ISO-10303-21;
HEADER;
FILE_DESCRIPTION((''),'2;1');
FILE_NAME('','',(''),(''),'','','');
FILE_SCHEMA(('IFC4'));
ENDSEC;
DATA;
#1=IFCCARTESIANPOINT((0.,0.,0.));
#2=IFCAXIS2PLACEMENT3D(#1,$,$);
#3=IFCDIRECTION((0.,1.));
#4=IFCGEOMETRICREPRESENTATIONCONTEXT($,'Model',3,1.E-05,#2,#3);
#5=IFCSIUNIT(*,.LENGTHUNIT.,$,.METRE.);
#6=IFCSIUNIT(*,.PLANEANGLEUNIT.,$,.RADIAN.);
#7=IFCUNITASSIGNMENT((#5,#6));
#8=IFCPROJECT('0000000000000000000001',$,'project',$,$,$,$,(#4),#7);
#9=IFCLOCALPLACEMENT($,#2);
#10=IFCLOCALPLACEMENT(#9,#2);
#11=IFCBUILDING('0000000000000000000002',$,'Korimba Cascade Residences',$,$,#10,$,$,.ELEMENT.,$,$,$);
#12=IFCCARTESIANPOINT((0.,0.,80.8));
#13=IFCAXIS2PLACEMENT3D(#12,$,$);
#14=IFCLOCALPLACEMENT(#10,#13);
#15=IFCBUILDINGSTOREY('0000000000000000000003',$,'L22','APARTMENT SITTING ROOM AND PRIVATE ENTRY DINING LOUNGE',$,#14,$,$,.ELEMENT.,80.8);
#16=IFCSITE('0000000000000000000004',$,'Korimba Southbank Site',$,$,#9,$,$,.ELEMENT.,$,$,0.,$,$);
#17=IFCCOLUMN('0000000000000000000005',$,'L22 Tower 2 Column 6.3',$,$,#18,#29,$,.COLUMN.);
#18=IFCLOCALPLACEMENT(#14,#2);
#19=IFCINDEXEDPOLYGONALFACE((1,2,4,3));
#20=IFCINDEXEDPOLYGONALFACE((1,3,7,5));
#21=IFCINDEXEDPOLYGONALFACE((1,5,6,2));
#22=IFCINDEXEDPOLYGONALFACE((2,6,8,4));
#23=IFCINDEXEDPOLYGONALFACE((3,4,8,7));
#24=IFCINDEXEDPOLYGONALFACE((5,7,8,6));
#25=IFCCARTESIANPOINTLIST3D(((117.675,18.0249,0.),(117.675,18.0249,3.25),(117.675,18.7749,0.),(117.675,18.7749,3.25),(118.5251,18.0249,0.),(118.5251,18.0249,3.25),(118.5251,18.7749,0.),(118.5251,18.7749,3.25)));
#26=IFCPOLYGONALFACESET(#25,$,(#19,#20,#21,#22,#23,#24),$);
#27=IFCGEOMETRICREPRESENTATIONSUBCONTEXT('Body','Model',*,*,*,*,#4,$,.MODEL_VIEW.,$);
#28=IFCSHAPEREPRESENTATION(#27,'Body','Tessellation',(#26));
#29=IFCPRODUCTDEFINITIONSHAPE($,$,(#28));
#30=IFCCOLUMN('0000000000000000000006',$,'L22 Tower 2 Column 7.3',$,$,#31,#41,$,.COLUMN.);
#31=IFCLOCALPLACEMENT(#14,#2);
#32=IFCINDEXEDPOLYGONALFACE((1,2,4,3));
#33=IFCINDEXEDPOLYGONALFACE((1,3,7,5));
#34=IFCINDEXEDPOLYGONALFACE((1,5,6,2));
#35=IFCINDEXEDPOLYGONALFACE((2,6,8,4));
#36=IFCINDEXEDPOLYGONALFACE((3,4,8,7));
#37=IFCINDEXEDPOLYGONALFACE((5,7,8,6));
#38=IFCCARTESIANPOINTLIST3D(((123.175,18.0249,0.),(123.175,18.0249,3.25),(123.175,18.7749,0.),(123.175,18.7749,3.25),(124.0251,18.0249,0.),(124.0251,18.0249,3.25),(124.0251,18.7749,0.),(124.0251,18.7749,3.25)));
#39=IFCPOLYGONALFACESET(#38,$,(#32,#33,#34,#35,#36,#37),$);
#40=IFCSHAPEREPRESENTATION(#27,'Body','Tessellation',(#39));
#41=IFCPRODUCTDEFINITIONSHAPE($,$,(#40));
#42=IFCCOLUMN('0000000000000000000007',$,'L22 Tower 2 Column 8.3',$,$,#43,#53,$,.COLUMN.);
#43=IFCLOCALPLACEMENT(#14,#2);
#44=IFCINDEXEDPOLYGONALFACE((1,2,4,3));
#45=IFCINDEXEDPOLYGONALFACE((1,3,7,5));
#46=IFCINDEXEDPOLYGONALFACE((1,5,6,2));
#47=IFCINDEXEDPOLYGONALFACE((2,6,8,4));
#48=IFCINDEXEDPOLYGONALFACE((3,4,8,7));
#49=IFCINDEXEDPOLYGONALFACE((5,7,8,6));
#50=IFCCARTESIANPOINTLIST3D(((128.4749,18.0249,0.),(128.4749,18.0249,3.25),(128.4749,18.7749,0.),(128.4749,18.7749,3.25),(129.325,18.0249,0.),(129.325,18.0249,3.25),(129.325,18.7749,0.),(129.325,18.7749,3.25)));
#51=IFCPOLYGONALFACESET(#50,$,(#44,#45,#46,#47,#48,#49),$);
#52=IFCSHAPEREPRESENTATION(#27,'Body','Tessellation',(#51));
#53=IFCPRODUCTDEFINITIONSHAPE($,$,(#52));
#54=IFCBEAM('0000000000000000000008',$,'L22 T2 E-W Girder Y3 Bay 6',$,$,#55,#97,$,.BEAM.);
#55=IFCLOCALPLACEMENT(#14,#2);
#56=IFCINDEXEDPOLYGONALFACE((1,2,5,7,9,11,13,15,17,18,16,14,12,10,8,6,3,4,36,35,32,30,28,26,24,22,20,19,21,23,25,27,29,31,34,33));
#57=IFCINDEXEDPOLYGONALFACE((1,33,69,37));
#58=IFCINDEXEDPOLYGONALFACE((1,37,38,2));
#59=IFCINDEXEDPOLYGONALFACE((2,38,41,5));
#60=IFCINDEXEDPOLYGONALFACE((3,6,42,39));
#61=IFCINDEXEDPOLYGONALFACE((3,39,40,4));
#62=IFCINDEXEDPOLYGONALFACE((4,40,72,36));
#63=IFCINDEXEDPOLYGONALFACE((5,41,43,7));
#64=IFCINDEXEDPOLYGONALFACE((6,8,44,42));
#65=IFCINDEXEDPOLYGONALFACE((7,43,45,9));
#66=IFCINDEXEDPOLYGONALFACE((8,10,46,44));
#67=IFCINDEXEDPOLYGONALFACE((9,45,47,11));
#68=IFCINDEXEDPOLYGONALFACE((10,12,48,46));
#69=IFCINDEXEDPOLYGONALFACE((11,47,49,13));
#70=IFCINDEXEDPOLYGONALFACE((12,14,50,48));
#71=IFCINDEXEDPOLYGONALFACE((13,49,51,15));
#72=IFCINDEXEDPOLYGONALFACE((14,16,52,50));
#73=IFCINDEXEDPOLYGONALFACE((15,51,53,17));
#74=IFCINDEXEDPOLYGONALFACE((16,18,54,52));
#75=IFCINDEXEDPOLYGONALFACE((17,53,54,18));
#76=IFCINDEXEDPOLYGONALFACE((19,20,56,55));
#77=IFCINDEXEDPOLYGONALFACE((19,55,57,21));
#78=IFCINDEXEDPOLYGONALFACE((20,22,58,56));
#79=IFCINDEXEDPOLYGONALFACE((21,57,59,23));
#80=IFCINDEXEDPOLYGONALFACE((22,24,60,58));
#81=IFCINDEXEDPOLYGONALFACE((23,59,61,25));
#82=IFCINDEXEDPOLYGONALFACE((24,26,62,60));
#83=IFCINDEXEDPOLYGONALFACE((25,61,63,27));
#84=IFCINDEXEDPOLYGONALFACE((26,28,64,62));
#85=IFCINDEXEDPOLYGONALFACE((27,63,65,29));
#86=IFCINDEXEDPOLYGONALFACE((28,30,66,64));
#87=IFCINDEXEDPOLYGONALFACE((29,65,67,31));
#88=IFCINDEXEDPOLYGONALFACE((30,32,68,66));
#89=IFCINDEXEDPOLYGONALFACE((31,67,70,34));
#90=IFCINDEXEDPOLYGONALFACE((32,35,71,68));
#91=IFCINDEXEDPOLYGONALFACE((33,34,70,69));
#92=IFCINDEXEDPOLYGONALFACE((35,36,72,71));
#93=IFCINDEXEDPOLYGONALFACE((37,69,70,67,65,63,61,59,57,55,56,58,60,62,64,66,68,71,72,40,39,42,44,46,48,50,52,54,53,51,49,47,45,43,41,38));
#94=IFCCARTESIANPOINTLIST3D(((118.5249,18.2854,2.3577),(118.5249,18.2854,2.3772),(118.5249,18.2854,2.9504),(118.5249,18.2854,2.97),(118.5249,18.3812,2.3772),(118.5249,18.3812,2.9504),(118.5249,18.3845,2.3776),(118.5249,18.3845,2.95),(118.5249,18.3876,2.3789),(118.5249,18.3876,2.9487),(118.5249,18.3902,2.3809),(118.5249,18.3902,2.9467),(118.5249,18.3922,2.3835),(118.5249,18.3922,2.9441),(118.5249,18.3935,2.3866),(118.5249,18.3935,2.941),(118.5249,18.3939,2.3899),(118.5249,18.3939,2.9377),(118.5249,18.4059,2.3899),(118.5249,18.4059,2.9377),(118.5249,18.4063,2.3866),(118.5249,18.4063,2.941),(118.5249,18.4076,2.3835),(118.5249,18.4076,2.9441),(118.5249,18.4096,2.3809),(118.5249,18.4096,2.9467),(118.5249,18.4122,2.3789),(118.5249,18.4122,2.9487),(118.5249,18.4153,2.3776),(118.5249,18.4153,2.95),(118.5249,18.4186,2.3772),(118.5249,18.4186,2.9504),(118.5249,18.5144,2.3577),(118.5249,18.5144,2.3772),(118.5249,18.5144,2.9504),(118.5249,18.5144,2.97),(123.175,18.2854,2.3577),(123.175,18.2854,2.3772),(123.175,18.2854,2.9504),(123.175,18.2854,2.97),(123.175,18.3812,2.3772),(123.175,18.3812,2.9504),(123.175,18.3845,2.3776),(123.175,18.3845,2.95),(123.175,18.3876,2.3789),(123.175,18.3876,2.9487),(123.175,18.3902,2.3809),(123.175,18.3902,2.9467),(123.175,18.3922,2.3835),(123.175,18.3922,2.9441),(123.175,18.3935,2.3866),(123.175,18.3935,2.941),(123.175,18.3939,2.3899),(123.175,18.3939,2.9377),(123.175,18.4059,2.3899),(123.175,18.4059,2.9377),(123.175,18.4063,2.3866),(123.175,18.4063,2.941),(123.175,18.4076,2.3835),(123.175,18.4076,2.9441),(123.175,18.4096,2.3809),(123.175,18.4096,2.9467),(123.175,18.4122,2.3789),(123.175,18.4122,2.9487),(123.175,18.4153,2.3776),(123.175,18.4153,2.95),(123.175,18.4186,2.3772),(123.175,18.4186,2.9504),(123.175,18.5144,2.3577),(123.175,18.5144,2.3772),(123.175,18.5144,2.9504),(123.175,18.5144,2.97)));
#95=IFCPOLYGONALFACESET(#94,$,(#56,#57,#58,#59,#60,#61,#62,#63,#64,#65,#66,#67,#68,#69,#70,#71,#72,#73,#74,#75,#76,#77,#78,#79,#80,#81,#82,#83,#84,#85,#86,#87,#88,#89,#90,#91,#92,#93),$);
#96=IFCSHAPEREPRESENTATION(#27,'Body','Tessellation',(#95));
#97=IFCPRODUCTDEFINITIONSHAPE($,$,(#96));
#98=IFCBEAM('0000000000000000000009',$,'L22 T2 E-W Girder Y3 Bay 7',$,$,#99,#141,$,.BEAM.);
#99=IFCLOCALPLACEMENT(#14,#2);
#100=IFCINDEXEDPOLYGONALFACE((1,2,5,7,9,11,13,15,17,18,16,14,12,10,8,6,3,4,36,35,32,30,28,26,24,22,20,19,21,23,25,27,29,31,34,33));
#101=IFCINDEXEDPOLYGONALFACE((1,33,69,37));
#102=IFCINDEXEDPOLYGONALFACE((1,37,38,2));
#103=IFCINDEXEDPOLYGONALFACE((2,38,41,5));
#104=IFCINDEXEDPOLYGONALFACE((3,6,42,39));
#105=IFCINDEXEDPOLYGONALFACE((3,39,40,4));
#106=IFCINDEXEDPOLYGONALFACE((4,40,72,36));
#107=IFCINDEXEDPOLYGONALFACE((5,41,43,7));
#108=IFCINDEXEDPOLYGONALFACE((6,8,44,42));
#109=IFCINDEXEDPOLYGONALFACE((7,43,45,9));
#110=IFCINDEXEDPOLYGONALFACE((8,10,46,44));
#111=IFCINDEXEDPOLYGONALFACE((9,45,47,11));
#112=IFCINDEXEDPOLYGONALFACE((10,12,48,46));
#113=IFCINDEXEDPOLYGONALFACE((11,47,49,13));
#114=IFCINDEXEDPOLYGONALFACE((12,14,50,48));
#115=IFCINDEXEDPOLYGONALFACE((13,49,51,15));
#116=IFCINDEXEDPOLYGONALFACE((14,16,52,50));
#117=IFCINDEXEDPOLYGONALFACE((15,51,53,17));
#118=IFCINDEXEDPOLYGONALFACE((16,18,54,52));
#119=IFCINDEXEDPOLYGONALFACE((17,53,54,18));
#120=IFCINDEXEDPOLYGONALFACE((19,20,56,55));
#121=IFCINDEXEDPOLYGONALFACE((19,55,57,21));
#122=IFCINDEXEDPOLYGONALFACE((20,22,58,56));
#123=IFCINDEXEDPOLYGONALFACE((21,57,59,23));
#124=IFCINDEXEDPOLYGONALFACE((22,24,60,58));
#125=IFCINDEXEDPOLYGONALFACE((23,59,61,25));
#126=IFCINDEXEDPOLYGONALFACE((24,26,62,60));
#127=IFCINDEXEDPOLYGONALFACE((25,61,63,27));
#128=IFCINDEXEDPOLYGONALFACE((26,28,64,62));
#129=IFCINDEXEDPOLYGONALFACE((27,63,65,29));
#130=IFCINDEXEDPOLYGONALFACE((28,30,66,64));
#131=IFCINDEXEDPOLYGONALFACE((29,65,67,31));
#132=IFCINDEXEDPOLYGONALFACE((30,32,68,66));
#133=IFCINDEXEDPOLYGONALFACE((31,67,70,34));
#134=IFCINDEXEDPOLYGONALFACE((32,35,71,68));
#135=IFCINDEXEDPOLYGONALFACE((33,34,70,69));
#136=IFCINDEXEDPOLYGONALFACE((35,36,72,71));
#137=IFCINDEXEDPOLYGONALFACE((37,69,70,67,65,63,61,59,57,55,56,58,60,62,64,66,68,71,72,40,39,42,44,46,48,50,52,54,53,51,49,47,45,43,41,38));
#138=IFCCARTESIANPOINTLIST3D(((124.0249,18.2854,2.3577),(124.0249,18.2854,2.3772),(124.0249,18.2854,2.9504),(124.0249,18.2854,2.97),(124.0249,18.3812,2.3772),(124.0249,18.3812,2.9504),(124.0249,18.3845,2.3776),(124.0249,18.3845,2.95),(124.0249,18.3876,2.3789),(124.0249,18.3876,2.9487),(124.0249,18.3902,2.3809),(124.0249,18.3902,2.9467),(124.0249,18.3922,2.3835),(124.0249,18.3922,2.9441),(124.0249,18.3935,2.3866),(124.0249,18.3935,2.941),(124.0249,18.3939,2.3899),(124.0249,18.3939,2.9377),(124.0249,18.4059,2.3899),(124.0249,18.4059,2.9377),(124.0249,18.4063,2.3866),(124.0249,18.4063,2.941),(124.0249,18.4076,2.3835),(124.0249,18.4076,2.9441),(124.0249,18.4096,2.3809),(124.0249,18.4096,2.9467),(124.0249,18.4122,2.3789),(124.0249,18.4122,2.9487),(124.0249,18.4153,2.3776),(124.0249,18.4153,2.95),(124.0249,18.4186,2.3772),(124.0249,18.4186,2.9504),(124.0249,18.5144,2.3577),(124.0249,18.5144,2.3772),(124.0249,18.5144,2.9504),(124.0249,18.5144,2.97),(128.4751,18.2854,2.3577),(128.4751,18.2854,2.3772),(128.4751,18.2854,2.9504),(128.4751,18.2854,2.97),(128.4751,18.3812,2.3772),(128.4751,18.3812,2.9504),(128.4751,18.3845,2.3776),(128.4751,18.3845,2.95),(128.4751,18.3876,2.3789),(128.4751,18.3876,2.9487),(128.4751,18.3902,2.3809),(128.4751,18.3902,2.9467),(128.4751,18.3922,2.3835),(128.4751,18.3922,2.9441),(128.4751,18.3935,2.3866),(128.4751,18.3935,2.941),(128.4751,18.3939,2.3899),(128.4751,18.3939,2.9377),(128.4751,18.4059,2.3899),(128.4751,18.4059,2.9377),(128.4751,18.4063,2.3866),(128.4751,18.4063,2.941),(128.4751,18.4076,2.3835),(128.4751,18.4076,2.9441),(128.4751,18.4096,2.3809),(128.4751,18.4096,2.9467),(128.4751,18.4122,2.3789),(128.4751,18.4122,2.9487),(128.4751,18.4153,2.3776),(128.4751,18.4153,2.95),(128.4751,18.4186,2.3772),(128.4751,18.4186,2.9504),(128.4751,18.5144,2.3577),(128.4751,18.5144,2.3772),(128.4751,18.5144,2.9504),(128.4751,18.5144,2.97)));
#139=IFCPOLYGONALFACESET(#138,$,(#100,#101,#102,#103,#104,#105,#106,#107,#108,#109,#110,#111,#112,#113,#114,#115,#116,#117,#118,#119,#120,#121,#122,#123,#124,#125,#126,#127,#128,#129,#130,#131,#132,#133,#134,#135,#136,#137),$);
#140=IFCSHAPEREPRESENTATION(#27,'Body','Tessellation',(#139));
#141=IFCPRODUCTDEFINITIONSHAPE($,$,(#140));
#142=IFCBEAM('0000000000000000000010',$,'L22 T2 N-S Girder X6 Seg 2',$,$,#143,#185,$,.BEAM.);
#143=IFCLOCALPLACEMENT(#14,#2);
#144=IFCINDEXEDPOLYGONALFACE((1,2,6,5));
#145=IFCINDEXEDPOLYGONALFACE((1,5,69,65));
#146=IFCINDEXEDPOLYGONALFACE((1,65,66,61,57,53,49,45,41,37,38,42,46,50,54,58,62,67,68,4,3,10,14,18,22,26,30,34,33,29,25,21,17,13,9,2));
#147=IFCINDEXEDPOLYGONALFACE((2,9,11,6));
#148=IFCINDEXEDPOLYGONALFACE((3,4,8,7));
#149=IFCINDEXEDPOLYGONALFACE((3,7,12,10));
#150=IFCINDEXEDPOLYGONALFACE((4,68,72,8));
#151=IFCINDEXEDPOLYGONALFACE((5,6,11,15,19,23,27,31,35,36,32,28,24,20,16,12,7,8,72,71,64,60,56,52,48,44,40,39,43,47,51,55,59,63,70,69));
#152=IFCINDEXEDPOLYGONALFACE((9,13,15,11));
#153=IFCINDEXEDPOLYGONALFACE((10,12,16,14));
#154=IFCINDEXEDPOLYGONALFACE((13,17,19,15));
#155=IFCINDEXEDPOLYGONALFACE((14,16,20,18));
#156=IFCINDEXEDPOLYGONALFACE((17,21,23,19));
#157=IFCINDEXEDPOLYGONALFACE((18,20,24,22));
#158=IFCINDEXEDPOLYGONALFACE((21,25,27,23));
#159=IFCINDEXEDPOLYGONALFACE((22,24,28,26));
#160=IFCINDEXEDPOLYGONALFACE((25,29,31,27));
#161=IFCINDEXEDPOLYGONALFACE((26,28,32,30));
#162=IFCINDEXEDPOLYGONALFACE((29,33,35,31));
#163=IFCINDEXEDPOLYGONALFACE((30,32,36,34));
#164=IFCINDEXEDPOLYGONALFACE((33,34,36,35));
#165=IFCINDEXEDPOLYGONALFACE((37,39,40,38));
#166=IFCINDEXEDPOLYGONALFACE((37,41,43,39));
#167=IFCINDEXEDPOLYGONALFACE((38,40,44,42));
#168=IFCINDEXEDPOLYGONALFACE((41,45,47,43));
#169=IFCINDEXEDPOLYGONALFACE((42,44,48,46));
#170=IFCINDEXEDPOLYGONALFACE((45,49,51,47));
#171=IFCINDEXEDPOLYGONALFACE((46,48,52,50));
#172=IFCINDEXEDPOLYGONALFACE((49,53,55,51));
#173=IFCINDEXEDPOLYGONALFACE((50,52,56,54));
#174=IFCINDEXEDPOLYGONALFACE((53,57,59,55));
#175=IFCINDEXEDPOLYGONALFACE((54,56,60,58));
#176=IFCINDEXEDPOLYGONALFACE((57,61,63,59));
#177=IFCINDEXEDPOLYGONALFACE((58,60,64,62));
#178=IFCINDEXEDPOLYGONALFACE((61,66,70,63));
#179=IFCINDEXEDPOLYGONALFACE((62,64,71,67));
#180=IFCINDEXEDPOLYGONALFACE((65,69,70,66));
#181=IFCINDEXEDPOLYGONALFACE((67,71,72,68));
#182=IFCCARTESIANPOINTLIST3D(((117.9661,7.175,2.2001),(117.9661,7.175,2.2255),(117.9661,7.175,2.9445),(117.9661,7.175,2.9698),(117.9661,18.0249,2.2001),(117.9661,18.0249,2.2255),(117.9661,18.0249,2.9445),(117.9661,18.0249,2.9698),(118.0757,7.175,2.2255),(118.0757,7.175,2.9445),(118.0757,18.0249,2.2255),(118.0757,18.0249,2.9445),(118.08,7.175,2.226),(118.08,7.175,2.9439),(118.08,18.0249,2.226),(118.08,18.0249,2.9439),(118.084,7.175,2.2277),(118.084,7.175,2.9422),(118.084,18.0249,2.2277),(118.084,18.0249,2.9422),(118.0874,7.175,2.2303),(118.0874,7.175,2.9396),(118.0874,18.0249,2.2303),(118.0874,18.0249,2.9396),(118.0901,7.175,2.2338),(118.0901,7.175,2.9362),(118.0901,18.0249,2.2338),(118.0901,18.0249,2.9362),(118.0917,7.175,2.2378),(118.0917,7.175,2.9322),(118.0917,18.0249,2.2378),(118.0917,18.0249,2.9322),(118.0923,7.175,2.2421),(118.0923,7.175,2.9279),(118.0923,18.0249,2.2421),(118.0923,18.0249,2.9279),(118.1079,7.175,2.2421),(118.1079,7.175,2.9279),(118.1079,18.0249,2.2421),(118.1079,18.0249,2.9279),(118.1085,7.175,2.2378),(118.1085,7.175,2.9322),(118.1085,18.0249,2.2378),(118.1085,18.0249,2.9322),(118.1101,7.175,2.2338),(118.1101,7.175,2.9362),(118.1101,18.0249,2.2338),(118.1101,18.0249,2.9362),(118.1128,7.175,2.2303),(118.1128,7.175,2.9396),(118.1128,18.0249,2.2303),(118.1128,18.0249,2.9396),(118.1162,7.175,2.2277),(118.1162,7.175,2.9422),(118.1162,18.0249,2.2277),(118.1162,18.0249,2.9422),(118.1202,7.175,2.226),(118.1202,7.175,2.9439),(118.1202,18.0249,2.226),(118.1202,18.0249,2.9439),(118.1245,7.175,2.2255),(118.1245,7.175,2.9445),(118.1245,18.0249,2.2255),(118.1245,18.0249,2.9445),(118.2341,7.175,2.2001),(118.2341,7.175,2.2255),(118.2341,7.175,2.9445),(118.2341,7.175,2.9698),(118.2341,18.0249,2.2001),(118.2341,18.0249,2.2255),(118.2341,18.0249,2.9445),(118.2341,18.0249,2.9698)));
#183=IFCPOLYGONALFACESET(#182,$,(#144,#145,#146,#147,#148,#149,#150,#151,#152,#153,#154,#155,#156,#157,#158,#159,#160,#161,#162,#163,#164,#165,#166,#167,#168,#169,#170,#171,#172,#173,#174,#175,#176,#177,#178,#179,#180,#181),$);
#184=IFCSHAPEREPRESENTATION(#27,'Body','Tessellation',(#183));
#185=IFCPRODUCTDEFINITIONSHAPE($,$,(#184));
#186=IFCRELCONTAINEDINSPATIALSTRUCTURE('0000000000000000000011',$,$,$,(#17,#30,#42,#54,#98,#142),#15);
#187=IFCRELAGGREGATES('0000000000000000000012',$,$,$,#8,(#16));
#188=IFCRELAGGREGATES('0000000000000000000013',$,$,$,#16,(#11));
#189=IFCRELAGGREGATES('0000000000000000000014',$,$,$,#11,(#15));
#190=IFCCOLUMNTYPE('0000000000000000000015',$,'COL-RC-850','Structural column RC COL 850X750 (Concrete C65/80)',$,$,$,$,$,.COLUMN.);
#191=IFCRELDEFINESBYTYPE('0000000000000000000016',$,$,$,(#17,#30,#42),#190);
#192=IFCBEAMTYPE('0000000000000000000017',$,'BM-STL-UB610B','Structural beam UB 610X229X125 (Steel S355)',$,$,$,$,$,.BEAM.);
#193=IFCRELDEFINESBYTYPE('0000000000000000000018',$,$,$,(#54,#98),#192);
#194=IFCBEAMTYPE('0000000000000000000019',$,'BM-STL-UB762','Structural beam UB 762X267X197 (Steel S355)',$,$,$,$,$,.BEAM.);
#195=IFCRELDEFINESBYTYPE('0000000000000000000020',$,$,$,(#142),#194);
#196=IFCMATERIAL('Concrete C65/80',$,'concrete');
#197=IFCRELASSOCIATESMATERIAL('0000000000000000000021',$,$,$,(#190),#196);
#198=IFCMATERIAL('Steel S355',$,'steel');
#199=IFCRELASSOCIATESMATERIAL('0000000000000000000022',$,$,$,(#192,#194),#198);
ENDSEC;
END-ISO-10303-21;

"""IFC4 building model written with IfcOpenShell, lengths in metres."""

from ifc_helpers import new_model, si_unit, direction, frame, origin, origin_2d, place, context, subcontext, project, spatial, rectangle, i_section, extrude, material, material_profile, profile_set, type_object, element, save


model = new_model("IFC4")

# Units and contexts
model_context = context("Model", 3, precision=1e-05, world=origin(), true_north=direction((0.0, 1.0)))
body_context = subcontext(model_context, "Body", "Model", "MODEL_VIEW")
ifc_project = project(units=[si_unit("LENGTHUNIT", "METRE"), si_unit("PLANEANGLEUNIT", "RADIAN")], contexts=[model_context])

# Site, building, storey
site_placement = place(None, origin())
site = spatial("IfcSite", under=ifc_project, at=site_placement, Name="Korimba Southbank Site", CompositionType="ELEMENT", RefElevation=0.0)
building_placement = place(site_placement, origin())
building = spatial("IfcBuilding", under=site, at=building_placement, Name="Korimba Cascade Residences", CompositionType="ELEMENT")
storey_placement = place(building_placement, frame((0.0, 0.0, 80.8)))
storey = spatial("IfcBuildingStorey", under=building, at=storey_placement, Name="L22", Description="APARTMENT SITTING ROOM AND PRIVATE ENTRY DINING LOUNGE", CompositionType="ELEMENT", Elevation=80.8)

# Columns
ifc_material_1 = material(Name="Concrete C65/80", Category="concrete")
ifc_material_profile_1 = material_profile(ifc_material_1, rectangle(XDim=0.8501, YDim=0.75, at=origin_2d()), Name="Concrete C65/80")
ifc_profile_set_1 = profile_set([ifc_material_profile_1], Name="Concrete C65/80")
column_type = type_object("IfcColumnType", Name="COL-RC-850", Description="Structural column RC COL 850X750 (Concrete C65/80)", PredefinedType="COLUMN", material=ifc_profile_set_1)
for number, where, z_axis, x_axis, name in (
    (1, (118.1001, 18.3999, 0.0), (0.0, 0.0, 1.0), (1.0, 0.0, 0.0), "L22 Tower 2 Column 6.3"),
    (2, (123.6001, 18.3999, 0.0), (0.0, 0.0, 1.0), (1.0, 0.0, 0.0), "L22 Tower 2 Column 7.3"),
    (3, (128.8999, 18.3999, 0.0), (0.0, 0.0, 1.0), (1.0, 0.0, 0.0), "L22 Tower 2 Column 8.3"),
):
    element("IfcColumn", number, at=place(storey_placement, frame(where, z_axis=z_axis, x_axis=x_axis)), inside=storey, type_object=column_type, Name=name, PredefinedType="COLUMN", context=body_context, shape_type="SweptSolid", body=[
        extrude(rectangle(XDim=0.8501, YDim=0.75, at=origin_2d()), origin(), (0.0, 0.0, 1.0), 3.25),
    ])

# Beams
ifc_material_2 = material(Name="Steel S355", Category="steel")
ifc_material_profile_2 = material_profile(ifc_material_2, i_section(OverallWidth=0.229, OverallDepth=0.6123, WebThickness=0.012, FlangeThickness=0.0195, FilletRadius=0.0127, at=origin_2d()), Name="Steel S355")
ifc_profile_set_2 = profile_set([ifc_material_profile_2], Name="Steel S355")
beam_type_1 = type_object("IfcBeamType", Name="BM-STL-UB610B", Description="Structural beam UB 610X229X125 (Steel S355)", PredefinedType="BEAM", material=ifc_profile_set_2)
beam_1_placement = place(storey_placement, frame((118.5249, 18.3999, 2.6638), z_axis=(1.0, 0.0, 0.0), x_axis=(0.0, 1.0, 0.0)))
element("IfcBeam", 4, at=beam_1_placement, inside=storey, type_object=beam_type_1, Name="L22 T2 E-W Girder Y3 Bay 6", PredefinedType="BEAM", context=body_context, shape_type="SweptSolid", body=[
    extrude(i_section(OverallWidth=0.229, OverallDepth=0.6123, WebThickness=0.012, FlangeThickness=0.0195, FilletRadius=0.0127, at=origin_2d()), origin(), (0.0, 0.0, 1.0), 4.6501),
])
beam_2_placement = place(storey_placement, frame((124.0249, 18.3999, 2.6638), z_axis=(1.0, 0.0, 0.0), x_axis=(0.0, 1.0, 0.0)))
element("IfcBeam", 5, at=beam_2_placement, inside=storey, type_object=beam_type_1, Name="L22 T2 E-W Girder Y3 Bay 7", PredefinedType="BEAM", context=body_context, shape_type="SweptSolid", body=[
    extrude(i_section(OverallWidth=0.229, OverallDepth=0.6123, WebThickness=0.012, FlangeThickness=0.0195, FilletRadius=0.0127, at=origin_2d()), origin(), (0.0, 0.0, 1.0), 4.4502),
])
ifc_material_profile_3 = material_profile(ifc_material_2, i_section(OverallWidth=0.2681, OverallDepth=0.7698, WebThickness=0.0156, FlangeThickness=0.0254, FilletRadius=0.0166, at=origin_2d()), Name="Steel S355")
ifc_profile_set_3 = profile_set([ifc_material_profile_3], Name="Steel S355")
beam_type_2 = type_object("IfcBeamType", Name="BM-STL-UB762", Description="Structural beam UB 762X267X197 (Steel S355)", PredefinedType="BEAM", material=ifc_profile_set_3)
for number, where, z_axis, x_axis, name in (
    (6, (118.1001, 7.175, 2.585), (0.0, 1.0, 0.0), (-1.0, 0.0, 0.0), "L22 T2 N-S Girder X6 Seg 2"),
):
    element("IfcBeam", number, at=place(storey_placement, frame(where, z_axis=z_axis, x_axis=x_axis)), inside=storey, type_object=beam_type_2, Name=name, PredefinedType="BEAM", context=body_context, shape_type="SweptSolid", body=[
        extrude(i_section(OverallWidth=0.2681, OverallDepth=0.7698, WebThickness=0.0156, FlangeThickness=0.0254, FilletRadius=0.0166, at=origin_2d()), origin(), (0.0, 0.0, 1.0), 10.8499),
    ])

save(model, "model.ifc")
